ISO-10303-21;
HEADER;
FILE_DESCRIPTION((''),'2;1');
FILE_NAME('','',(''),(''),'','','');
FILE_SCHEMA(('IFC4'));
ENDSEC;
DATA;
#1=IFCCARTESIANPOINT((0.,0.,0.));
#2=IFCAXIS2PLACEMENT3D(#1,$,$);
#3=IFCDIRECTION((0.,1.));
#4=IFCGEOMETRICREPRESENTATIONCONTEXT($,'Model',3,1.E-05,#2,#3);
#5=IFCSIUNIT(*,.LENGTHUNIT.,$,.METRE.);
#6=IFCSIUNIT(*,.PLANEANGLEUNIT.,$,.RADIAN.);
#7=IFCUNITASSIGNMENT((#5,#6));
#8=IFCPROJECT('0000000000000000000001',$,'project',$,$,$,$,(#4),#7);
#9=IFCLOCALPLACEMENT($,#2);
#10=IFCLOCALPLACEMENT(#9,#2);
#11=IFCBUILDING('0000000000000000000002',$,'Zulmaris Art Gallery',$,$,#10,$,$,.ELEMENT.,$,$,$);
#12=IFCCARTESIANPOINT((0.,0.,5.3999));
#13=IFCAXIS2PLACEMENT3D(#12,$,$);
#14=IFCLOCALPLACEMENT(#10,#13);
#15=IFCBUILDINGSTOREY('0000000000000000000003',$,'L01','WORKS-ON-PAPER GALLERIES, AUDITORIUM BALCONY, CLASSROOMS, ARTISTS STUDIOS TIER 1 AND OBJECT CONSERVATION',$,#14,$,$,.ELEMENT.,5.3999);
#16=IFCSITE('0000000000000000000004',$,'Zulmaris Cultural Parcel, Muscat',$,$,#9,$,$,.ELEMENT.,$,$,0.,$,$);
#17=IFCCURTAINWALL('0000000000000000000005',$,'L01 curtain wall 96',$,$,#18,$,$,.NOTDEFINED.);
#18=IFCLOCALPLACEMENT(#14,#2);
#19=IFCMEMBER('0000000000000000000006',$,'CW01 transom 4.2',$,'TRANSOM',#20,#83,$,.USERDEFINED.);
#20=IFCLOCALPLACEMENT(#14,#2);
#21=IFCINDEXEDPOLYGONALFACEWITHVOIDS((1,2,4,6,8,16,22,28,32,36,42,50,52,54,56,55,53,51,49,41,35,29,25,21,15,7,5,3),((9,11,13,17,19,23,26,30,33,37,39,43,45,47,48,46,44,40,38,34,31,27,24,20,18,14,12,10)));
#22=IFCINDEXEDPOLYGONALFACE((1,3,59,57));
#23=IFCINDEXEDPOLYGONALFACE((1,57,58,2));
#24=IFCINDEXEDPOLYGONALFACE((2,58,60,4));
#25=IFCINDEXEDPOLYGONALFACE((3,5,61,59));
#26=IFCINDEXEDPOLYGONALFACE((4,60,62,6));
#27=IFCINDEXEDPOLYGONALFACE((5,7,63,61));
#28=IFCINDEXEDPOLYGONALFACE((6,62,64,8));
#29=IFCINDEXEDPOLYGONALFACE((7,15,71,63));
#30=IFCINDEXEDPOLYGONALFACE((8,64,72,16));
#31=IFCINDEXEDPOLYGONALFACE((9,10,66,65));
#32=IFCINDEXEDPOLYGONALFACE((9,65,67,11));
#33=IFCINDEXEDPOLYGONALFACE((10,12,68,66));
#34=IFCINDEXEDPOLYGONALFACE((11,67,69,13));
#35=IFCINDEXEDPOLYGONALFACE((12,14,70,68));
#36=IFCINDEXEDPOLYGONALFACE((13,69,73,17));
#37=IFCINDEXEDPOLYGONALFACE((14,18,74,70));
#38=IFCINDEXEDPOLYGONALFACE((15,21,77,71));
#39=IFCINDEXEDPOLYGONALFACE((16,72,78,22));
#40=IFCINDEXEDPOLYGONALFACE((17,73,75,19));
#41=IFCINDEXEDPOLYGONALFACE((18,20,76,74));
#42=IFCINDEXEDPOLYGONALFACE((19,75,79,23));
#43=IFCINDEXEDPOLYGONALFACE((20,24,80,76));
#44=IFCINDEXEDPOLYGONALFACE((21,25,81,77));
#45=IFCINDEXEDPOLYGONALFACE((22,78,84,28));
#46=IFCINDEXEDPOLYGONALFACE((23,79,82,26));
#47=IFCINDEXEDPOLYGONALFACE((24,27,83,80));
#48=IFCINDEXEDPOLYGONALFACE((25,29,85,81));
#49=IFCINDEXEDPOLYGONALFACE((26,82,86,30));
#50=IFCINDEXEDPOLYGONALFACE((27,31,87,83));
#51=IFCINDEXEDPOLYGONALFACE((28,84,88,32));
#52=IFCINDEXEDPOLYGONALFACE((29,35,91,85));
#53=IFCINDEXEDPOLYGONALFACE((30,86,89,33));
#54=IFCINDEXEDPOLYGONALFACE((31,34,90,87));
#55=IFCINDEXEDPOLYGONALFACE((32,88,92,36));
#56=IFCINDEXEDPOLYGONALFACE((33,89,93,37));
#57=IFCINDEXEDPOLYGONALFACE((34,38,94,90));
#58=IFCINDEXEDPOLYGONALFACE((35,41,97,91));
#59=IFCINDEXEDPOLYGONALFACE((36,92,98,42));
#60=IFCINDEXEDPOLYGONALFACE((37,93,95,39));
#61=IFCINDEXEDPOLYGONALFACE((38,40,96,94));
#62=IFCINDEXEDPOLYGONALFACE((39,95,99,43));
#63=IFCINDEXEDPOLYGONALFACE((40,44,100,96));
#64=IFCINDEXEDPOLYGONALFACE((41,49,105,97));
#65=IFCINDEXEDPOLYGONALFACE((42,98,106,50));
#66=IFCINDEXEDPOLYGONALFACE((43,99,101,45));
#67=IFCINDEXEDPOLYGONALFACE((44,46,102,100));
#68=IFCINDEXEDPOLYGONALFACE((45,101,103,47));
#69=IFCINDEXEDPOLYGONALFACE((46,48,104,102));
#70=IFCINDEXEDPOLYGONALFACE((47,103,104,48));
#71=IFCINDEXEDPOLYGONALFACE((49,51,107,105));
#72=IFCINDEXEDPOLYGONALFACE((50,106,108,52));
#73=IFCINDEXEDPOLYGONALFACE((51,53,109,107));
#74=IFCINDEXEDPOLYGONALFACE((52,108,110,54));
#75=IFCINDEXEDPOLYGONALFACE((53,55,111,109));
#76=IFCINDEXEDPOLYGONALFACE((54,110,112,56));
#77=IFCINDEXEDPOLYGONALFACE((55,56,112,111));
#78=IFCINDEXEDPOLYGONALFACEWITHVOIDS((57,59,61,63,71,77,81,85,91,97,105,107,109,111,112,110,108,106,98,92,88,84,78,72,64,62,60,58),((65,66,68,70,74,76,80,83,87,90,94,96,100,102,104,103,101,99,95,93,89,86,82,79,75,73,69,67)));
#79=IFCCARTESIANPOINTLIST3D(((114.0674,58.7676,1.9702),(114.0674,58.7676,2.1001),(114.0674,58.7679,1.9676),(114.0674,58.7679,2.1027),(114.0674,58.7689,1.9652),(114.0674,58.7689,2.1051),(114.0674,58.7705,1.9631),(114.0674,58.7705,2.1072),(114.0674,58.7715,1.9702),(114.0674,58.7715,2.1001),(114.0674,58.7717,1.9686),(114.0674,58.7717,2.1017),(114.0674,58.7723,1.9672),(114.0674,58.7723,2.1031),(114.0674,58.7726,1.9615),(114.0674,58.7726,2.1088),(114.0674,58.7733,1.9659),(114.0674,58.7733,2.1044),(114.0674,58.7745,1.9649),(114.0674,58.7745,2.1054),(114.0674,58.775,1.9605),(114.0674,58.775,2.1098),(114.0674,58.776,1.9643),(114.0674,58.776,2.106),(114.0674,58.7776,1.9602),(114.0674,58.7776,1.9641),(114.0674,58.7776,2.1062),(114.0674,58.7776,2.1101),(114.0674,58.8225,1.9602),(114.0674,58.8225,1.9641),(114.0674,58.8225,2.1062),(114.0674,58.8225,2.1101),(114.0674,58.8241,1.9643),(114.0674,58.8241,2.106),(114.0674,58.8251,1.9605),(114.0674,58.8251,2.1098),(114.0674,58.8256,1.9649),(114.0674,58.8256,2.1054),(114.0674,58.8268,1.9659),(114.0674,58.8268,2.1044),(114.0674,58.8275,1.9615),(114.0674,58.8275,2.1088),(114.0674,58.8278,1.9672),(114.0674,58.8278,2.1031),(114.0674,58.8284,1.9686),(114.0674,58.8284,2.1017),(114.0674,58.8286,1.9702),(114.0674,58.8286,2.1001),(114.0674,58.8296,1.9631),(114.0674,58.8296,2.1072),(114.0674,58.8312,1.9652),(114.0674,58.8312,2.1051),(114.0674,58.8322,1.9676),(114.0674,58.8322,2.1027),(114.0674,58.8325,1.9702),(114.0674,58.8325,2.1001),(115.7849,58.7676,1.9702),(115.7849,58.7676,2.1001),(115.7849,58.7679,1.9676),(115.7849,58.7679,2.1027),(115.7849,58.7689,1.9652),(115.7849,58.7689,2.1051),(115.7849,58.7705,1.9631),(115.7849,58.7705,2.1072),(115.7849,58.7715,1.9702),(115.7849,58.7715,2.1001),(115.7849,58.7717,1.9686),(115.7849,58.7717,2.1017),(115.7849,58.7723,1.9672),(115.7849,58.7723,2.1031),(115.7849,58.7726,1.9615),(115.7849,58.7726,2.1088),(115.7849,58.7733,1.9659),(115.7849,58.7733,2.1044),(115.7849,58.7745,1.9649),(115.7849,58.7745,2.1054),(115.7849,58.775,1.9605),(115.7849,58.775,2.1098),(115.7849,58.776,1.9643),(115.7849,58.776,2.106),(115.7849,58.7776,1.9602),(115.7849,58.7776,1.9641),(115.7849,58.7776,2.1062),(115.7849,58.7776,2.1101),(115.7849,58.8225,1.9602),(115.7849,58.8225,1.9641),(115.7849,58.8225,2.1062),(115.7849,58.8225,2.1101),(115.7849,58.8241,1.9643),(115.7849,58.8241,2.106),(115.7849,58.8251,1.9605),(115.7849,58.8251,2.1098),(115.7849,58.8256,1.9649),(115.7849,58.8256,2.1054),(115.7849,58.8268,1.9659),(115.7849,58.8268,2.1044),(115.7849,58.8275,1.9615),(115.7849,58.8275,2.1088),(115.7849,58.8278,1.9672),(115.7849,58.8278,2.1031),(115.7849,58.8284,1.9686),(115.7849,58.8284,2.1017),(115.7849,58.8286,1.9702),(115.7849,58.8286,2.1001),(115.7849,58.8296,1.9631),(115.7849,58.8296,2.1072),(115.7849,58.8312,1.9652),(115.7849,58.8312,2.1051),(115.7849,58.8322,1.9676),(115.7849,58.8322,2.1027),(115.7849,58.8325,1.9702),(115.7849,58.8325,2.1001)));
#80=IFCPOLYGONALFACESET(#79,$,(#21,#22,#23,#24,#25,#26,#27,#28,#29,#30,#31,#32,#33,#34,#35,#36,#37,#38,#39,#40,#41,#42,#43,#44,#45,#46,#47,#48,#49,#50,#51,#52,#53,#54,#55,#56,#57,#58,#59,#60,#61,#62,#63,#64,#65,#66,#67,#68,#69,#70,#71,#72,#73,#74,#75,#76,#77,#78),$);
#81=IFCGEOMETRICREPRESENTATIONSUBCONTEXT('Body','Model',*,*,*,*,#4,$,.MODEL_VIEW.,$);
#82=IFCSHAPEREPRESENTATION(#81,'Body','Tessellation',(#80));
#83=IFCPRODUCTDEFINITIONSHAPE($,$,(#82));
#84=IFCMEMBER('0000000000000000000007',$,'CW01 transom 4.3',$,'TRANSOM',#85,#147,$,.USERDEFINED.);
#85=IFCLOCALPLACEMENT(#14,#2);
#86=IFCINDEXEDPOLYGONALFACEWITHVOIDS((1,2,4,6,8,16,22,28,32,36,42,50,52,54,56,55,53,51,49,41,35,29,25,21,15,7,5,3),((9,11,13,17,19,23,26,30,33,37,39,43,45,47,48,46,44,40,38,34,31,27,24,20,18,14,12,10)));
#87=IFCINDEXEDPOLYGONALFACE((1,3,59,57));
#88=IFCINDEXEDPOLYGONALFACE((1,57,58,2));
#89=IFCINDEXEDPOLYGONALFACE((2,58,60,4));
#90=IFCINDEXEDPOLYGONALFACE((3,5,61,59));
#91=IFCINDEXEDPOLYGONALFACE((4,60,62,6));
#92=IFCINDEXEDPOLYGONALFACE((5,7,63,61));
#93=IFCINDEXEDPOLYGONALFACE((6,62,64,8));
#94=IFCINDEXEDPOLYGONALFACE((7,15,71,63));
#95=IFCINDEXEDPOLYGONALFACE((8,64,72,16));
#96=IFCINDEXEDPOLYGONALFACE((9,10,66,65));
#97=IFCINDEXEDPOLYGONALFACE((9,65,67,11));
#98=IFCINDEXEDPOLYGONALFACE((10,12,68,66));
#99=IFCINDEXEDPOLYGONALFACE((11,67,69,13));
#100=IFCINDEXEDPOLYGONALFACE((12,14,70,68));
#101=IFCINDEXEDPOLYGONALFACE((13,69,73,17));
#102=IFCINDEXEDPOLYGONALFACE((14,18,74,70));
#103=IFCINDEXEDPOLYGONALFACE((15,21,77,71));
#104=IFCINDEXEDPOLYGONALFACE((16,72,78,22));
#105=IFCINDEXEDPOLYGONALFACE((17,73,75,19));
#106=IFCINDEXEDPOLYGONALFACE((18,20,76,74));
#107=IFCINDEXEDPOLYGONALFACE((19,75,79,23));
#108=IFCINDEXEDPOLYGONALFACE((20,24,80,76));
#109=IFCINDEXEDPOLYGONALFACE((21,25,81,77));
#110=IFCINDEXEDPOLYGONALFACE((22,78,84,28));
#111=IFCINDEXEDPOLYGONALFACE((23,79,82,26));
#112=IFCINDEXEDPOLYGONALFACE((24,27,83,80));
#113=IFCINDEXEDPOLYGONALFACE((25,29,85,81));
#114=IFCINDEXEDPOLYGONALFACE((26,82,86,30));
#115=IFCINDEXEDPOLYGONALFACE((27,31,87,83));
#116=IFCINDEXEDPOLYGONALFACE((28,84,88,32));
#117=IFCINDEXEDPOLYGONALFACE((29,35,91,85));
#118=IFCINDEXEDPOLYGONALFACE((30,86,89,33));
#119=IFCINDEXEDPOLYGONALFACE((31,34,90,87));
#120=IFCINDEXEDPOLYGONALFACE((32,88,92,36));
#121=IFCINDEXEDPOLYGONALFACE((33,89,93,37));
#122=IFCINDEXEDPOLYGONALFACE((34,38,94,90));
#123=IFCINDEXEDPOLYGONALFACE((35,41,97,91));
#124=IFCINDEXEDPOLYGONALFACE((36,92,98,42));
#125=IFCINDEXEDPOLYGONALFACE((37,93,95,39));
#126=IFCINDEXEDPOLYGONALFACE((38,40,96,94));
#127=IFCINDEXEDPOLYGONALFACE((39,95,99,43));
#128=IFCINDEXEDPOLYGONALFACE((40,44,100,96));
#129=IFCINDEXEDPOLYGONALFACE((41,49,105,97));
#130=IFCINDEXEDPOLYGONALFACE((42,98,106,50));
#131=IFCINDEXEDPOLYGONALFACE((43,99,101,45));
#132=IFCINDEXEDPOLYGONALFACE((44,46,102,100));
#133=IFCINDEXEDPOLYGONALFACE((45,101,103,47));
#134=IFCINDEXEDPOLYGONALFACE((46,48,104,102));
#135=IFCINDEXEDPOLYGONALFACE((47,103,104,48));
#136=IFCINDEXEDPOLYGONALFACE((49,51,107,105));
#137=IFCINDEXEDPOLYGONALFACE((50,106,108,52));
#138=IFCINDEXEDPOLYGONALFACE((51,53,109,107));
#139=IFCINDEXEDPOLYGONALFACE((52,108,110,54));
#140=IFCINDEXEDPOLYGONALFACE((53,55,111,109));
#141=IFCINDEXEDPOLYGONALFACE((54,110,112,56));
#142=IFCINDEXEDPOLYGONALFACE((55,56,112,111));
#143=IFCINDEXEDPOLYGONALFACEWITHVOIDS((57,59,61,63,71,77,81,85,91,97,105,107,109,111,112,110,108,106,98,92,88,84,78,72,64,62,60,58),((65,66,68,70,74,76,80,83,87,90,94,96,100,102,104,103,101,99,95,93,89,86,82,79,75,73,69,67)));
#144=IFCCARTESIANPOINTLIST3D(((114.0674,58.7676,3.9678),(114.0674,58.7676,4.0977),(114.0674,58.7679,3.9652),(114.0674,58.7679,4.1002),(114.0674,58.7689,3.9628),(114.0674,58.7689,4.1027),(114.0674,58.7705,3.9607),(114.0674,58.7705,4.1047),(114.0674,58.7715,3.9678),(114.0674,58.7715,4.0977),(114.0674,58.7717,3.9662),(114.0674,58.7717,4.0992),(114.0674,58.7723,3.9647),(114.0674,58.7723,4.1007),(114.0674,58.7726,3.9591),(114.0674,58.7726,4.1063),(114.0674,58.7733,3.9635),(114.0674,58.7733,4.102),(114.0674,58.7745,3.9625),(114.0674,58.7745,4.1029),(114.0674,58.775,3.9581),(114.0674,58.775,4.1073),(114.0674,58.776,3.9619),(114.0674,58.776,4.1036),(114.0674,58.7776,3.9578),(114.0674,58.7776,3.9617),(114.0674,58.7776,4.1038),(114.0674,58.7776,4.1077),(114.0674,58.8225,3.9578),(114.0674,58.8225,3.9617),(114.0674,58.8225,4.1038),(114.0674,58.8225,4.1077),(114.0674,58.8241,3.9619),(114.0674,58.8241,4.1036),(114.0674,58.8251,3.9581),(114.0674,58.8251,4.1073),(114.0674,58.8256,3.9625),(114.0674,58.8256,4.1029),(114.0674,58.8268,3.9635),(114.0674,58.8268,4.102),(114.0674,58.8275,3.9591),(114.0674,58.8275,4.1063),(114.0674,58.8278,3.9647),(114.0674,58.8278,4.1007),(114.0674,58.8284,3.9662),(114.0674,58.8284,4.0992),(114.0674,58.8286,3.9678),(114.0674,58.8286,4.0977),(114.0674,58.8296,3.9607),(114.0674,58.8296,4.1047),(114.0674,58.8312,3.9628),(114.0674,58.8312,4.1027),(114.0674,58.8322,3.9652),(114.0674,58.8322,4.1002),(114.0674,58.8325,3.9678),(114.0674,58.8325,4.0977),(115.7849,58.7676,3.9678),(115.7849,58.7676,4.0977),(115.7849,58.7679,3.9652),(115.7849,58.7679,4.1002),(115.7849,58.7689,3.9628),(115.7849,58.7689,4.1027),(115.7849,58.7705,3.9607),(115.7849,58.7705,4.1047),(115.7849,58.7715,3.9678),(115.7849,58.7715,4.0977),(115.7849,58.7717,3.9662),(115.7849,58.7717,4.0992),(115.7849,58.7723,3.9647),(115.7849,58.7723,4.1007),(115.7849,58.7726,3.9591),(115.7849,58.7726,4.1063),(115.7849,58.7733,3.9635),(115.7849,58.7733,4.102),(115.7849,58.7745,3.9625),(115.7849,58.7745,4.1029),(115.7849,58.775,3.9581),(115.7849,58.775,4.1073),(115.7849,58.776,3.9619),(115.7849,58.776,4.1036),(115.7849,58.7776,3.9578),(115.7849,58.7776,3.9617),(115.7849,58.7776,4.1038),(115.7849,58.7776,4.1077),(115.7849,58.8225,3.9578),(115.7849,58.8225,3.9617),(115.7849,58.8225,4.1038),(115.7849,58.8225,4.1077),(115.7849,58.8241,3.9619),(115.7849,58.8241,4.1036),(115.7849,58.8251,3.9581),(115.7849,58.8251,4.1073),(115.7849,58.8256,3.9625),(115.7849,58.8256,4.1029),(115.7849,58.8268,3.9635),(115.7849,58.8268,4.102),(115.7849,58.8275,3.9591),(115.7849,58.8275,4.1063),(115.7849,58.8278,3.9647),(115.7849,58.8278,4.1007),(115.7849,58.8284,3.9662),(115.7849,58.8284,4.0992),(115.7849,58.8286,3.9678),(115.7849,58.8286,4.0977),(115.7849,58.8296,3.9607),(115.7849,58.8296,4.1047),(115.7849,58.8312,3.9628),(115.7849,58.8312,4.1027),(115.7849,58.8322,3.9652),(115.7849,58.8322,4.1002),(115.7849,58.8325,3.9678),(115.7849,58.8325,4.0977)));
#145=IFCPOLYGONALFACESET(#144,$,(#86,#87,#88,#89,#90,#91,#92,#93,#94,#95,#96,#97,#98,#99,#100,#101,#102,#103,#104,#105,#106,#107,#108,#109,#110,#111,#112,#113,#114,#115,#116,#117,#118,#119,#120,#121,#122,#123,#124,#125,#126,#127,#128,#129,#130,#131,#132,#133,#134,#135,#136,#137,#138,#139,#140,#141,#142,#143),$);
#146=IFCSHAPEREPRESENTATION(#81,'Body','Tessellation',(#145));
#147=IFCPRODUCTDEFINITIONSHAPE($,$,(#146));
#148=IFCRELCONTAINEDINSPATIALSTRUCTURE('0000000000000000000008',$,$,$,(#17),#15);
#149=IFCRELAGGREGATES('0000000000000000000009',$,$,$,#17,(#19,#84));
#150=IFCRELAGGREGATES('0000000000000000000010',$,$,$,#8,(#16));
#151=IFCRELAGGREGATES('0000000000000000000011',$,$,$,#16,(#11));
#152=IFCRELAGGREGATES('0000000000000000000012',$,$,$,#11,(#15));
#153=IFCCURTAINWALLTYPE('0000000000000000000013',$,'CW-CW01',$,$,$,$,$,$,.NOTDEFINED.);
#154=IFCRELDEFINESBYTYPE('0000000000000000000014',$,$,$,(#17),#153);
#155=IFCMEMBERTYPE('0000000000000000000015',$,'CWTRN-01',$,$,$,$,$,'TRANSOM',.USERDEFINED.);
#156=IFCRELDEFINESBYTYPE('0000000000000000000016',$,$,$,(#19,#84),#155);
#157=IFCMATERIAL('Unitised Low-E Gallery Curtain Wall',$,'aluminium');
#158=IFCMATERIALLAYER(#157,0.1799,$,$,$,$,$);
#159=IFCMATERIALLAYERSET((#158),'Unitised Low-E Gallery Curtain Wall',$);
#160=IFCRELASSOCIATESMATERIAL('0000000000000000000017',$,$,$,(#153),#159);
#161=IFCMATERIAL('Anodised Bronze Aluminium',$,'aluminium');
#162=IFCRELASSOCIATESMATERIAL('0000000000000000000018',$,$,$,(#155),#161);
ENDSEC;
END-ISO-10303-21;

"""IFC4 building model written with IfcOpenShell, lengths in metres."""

from ifc_helpers import new_model, si_unit, direction, frame, origin, origin_2d, place, context, subcontext, project, spatial, hollow_rectangle, extrude, material, layer, layer_set, material_profile, profile_set, type_object, element, aggregate, save


model = new_model("IFC4")

# Units and contexts
model_context = context("Model", 3, precision=1e-05, world=origin(), true_north=direction((0.0, 1.0)))
body_context = subcontext(model_context, "Body", "Model", "MODEL_VIEW")
ifc_project = project(units=[si_unit("LENGTHUNIT", "METRE"), si_unit("PLANEANGLEUNIT", "RADIAN")], contexts=[model_context])

# Site, building, storey
site_placement = place(None, origin())
site = spatial("IfcSite", under=ifc_project, at=site_placement, Name="Zulmaris Cultural Parcel, Muscat", CompositionType="ELEMENT", RefElevation=0.0)
building_placement = place(site_placement, origin())
building = spatial("IfcBuilding", under=site, at=building_placement, Name="Zulmaris Art Gallery", CompositionType="ELEMENT")
storey_placement = place(building_placement, frame((0.0, 0.0, 5.3999)))
storey = spatial("IfcBuildingStorey", under=building, at=storey_placement, Name="L01", Description="WORKS-ON-PAPER GALLERIES, AUDITORIUM BALCONY, CLASSROOMS, ARTISTS STUDIOS TIER 1 AND OBJECT CONSERVATION", CompositionType="ELEMENT", Elevation=5.3999)

# Curtain wall
ifc_material_1 = material(Name="Unitised Low-E Gallery Curtain Wall", Category="aluminium")
ifc_layer_1 = layer(ifc_material_1, 0.1799)
ifc_layer_set_1 = layer_set([ifc_layer_1], Name="Unitised Low-E Gallery Curtain Wall")
curtain_wall_type = type_object("IfcCurtainWallType", Name="CW-CW01", PredefinedType="NOTDEFINED", material=ifc_layer_set_1)
curtain_wall_1_placement = place(storey_placement, origin())
curtain_wall_1 = element("IfcCurtainWall", 1, at=curtain_wall_1_placement, inside=storey, type_object=curtain_wall_type, Name="L01 curtain wall 96", PredefinedType="NOTDEFINED")
ifc_material_2 = material(Name="Anodised Bronze Aluminium", Category="aluminium")

# Members
ifc_material_profile_1 = material_profile(ifc_material_2, hollow_rectangle(XDim=0.0649, YDim=0.1499, WallThickness=0.0039, InnerFilletRadius=0.0061, OuterFilletRadius=0.01, at=origin_2d()), Name="ALU 65x150x4")
ifc_profile_set_1 = profile_set([ifc_material_profile_1], Name="Anodised Bronze Aluminium")
member_type_1 = type_object("IfcMemberType", Name="CWTRN-01", ElementType="TRANSOM", PredefinedType="USERDEFINED", material=ifc_profile_set_1)
member_1_placement = place(storey_placement, frame((114.0674, 58.8, 2.0352), z_axis=(1.0, 0.0, 0.0), x_axis=(0.0, 1.0, 0.0)))
member_1 = element("IfcMember", 2, at=member_1_placement, type_object=member_type_1, Name="CW01 transom 4.2", ObjectType="TRANSOM", PredefinedType="USERDEFINED", context=body_context, shape_type="SweptSolid", body=[
    extrude(hollow_rectangle(XDim=0.0649, YDim=0.1499, WallThickness=0.0039, InnerFilletRadius=0.0061, OuterFilletRadius=0.01, at=origin_2d()), origin(), (0.0, 0.0, 1.0), 1.7175),
])
member_2_placement = place(storey_placement, frame((114.0674, 58.8, 4.0327), z_axis=(1.0, 0.0, 0.0), x_axis=(0.0, 1.0, 0.0)))
member_2 = element("IfcMember", 3, at=member_2_placement, type_object=member_type_1, Name="CW01 transom 4.3", ObjectType="TRANSOM", PredefinedType="USERDEFINED", context=body_context, shape_type="SweptSolid", body=[
    extrude(hollow_rectangle(XDim=0.0649, YDim=0.1499, WallThickness=0.0039, InnerFilletRadius=0.0061, OuterFilletRadius=0.01, at=origin_2d()), origin(), (0.0, 0.0, 1.0), 1.7175),
])

aggregate(curtain_wall_1, [member_1, member_2])

save(model, "model.ifc")
